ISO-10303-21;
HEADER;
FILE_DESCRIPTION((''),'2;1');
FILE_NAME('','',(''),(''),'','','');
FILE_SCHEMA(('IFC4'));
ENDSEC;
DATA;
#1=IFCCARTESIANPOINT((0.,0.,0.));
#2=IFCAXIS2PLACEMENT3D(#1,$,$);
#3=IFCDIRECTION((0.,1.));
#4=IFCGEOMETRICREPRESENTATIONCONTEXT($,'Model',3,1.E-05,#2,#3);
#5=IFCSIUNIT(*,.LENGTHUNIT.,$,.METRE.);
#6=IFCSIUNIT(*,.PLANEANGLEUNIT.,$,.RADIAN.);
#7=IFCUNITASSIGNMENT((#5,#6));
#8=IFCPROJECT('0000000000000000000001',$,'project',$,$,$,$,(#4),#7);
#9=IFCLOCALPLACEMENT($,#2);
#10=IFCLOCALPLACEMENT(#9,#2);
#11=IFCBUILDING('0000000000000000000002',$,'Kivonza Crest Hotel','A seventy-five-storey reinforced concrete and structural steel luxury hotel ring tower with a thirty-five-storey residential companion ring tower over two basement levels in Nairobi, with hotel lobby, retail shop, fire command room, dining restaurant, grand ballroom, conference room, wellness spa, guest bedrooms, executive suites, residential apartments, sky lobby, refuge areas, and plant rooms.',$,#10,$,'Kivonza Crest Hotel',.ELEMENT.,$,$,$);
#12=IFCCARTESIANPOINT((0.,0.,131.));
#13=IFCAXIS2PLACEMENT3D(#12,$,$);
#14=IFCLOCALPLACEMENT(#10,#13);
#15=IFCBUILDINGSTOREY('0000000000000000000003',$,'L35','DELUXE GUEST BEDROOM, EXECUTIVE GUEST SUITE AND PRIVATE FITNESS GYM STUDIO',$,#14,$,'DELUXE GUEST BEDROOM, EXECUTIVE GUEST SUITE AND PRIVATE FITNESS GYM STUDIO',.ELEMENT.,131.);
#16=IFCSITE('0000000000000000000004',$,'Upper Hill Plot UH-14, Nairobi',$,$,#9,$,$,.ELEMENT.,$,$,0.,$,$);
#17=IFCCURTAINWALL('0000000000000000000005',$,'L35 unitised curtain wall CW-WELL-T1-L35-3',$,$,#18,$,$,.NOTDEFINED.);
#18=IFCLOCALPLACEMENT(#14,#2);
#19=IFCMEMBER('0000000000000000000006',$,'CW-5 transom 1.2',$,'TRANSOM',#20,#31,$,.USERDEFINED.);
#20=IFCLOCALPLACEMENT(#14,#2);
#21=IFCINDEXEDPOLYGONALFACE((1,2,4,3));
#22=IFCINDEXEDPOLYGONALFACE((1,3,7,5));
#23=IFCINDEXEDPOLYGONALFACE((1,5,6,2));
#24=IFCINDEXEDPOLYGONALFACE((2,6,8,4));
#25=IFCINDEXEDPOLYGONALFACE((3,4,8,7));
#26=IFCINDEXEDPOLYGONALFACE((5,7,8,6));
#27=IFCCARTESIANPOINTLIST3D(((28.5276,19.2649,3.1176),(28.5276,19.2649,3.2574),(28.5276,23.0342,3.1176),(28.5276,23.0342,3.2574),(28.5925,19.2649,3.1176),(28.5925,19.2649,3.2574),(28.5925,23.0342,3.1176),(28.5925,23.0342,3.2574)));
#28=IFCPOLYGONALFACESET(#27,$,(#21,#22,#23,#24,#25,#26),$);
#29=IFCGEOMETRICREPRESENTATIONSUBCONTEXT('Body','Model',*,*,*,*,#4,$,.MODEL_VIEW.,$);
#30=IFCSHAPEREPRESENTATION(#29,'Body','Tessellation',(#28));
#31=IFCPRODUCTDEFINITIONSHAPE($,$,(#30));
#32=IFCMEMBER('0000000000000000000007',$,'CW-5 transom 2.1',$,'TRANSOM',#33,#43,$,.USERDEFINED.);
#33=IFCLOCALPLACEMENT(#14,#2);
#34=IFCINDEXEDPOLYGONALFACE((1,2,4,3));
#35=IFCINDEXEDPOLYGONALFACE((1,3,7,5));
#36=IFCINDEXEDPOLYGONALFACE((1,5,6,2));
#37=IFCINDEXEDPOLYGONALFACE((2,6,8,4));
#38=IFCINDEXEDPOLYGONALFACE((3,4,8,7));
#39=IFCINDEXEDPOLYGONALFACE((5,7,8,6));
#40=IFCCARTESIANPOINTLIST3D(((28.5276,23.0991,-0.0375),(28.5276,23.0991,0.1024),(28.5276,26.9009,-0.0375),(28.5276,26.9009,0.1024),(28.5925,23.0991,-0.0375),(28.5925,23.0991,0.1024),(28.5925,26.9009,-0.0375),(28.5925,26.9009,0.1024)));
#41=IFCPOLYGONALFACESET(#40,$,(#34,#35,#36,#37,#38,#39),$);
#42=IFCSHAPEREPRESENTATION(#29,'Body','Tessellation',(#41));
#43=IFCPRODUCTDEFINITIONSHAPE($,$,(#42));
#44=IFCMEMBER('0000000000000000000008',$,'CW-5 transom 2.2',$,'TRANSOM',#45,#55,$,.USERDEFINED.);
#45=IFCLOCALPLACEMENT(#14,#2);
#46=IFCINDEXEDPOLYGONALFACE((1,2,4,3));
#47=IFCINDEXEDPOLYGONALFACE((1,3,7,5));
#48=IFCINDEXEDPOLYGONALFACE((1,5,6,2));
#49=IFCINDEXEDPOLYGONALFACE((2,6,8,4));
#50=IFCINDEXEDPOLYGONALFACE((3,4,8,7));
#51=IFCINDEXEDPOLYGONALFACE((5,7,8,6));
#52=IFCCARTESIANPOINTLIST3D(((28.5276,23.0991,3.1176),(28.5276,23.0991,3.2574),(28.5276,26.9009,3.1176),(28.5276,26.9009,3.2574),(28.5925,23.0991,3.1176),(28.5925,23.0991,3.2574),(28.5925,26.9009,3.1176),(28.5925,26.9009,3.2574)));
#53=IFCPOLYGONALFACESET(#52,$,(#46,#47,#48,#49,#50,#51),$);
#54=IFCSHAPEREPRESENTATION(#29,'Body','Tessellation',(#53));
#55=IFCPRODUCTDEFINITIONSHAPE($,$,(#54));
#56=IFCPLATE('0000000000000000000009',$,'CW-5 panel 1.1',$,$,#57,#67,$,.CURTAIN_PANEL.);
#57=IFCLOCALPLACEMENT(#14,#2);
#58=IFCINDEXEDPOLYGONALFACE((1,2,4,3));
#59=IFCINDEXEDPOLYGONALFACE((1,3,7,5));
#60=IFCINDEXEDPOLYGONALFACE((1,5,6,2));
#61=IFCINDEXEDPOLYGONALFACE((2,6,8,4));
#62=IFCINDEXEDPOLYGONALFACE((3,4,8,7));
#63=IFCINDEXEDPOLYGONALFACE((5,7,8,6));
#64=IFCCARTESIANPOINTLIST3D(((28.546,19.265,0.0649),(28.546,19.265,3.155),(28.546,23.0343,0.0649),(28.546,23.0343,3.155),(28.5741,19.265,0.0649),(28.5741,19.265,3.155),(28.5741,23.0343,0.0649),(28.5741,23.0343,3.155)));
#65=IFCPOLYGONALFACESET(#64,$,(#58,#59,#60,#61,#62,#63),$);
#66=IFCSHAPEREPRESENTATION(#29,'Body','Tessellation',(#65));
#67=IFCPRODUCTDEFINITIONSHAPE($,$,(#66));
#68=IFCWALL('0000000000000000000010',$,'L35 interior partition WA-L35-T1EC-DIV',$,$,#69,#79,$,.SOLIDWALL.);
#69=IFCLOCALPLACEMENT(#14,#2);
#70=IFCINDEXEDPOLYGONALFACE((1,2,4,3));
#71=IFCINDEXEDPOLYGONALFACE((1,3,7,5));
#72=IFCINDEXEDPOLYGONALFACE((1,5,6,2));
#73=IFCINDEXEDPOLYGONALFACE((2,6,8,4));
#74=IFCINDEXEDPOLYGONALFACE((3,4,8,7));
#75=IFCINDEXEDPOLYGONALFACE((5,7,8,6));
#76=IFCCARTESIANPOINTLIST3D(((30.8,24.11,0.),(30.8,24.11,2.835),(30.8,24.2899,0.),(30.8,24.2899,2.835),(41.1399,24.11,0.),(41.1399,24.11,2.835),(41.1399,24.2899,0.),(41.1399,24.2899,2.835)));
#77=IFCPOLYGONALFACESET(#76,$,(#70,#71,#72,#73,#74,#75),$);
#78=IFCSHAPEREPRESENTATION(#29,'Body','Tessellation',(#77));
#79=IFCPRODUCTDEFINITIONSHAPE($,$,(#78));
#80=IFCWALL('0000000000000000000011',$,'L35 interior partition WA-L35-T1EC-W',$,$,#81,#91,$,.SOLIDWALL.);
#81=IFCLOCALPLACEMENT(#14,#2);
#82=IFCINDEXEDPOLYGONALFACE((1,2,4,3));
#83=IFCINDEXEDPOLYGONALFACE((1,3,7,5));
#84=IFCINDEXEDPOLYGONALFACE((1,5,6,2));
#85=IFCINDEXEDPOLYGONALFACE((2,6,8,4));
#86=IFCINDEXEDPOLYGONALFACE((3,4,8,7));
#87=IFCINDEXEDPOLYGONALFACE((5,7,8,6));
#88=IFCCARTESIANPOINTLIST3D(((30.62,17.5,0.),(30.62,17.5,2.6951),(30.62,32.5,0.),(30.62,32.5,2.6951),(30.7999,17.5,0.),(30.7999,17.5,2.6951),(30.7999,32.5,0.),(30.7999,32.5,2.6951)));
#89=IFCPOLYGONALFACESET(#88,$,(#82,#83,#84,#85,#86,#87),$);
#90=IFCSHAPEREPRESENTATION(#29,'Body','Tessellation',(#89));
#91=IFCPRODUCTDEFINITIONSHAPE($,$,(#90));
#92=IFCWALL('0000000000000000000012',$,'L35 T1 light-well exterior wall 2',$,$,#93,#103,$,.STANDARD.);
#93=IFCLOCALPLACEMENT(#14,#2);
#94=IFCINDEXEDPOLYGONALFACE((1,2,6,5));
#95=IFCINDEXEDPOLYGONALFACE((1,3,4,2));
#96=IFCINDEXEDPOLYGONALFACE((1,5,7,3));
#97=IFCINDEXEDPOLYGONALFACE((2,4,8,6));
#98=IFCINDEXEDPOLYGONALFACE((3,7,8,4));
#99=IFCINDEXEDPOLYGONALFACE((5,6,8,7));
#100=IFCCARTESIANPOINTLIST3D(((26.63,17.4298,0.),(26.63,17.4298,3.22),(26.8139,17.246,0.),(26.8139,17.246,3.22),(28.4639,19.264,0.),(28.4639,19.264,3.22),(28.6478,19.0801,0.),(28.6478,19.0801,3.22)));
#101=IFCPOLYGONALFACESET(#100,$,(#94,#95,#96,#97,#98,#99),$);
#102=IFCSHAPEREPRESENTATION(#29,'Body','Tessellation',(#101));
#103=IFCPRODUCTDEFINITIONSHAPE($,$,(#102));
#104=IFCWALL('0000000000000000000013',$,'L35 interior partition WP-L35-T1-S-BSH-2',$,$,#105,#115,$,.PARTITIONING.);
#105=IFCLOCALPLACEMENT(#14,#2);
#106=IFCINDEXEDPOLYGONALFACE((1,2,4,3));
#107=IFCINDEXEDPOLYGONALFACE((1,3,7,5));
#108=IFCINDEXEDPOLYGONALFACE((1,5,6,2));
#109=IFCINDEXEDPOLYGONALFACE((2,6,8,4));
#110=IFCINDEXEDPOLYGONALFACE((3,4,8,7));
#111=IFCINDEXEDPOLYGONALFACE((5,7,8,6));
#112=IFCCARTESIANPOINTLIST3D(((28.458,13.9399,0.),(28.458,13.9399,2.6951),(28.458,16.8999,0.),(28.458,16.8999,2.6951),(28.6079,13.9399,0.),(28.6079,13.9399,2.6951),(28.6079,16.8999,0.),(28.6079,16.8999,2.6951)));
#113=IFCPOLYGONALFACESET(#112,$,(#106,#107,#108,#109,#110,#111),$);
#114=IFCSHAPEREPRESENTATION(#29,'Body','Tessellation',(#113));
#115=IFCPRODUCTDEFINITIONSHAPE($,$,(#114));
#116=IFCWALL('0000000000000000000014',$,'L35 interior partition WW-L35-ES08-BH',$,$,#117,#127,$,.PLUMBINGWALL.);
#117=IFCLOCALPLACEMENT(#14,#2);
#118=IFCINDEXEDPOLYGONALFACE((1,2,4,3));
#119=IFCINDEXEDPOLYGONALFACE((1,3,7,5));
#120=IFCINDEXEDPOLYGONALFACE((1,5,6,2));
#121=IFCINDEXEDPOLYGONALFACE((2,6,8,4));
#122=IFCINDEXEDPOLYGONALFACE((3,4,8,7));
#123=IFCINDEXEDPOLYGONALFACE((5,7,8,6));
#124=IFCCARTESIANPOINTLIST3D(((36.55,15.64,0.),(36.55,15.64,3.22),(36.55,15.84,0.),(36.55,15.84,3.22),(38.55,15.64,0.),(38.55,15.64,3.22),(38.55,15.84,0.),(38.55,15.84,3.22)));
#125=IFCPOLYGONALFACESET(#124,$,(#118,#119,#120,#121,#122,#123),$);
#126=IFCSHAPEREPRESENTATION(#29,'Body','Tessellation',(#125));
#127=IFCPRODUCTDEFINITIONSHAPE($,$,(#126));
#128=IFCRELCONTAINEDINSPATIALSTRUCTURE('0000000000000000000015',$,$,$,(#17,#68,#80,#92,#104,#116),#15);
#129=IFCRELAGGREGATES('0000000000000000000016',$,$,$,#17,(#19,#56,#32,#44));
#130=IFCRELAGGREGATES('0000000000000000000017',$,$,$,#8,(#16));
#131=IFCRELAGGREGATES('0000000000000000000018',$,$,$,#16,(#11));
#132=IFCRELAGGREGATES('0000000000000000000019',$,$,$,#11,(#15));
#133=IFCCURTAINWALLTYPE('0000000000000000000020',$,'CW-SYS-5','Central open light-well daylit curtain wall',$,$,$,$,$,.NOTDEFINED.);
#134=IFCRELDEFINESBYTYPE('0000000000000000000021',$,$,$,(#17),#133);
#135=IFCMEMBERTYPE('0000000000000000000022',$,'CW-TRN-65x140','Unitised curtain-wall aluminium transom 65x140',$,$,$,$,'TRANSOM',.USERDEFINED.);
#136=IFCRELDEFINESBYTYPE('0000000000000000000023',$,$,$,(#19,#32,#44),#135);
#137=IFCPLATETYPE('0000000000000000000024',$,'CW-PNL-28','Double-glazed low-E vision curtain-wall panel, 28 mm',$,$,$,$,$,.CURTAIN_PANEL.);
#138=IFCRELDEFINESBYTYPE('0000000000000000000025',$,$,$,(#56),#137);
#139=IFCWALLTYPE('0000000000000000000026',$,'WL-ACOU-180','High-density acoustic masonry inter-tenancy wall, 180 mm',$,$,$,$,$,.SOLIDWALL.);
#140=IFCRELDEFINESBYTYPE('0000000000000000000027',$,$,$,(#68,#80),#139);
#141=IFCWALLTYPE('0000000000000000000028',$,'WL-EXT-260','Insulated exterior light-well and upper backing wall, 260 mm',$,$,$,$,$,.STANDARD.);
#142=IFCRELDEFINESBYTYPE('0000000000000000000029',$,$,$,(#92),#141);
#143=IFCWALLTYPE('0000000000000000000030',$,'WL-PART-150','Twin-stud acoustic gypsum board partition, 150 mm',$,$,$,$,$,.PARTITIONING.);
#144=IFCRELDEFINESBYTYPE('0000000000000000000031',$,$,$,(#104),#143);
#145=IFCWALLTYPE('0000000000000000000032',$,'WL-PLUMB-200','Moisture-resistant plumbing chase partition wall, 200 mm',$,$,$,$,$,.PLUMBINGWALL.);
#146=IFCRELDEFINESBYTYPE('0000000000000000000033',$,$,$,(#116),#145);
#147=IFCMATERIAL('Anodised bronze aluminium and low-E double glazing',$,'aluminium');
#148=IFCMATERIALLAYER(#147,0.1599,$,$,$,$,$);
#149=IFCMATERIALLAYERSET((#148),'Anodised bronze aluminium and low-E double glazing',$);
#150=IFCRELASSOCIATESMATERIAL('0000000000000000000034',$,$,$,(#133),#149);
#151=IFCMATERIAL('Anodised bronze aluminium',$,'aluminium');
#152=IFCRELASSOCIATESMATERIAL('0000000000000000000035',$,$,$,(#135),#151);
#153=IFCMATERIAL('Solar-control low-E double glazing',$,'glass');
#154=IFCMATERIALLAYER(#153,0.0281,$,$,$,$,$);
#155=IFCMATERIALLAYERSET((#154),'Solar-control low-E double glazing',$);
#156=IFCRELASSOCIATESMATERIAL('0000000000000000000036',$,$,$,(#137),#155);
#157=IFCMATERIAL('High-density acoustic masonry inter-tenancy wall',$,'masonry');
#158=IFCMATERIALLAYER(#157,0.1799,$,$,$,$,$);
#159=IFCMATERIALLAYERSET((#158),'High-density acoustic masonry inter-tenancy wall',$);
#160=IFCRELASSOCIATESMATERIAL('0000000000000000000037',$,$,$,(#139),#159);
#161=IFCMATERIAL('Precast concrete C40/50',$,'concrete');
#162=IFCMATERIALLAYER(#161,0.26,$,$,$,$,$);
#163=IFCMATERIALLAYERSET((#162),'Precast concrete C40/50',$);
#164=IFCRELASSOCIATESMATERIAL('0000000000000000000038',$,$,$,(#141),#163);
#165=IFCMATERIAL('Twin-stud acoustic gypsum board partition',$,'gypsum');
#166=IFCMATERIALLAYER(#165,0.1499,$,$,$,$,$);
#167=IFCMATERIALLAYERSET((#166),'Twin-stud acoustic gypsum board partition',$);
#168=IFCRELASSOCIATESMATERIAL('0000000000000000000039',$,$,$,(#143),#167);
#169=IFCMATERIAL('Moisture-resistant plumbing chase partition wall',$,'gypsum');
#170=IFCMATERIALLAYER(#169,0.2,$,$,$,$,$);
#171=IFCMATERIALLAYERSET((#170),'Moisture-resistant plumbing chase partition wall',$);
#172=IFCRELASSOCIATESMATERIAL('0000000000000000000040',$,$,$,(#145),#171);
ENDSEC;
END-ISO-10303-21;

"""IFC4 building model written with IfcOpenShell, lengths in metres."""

from ifc_helpers import new_model, si_unit, direction, frame, frame_2d, origin, origin_2d, place, context, subcontext, project, spatial, rectangle, extrude, material, layer, layer_set, material_profile, profile_set, type_object, element, aggregate, save


model = new_model("IFC4")

# Units and contexts
model_context = context("Model", 3, precision=1e-05, world=origin(), true_north=direction((0.0, 1.0)))
body_context = subcontext(model_context, "Body", "Model", "MODEL_VIEW")
ifc_project = project(units=[si_unit("LENGTHUNIT", "METRE"), si_unit("PLANEANGLEUNIT", "RADIAN")], contexts=[model_context])

# Site, building, storey
site_placement = place(None, origin())
site = spatial("IfcSite", under=ifc_project, at=site_placement, Name="Upper Hill Plot UH-14, Nairobi", CompositionType="ELEMENT", RefElevation=0.0)
building_placement = place(site_placement, origin())
building = spatial("IfcBuilding", under=site, at=building_placement, Name="Kivonza Crest Hotel", Description="A seventy-five-storey reinforced concrete and structural steel luxury hotel ring tower with a thirty-five-storey residential companion ring tower over two basement levels in Nairobi, with hotel lobby, retail shop, fire command room, dining restaurant, grand ballroom, conference room, wellness spa, guest bedrooms, executive suites, residential apartments, sky lobby, refuge areas, and plant rooms.", LongName="Kivonza Crest Hotel", CompositionType="ELEMENT")
storey_placement = place(building_placement, frame((0.0, 0.0, 131.0)))
storey = spatial("IfcBuildingStorey", under=building, at=storey_placement, Name="L35", Description="DELUXE GUEST BEDROOM, EXECUTIVE GUEST SUITE AND PRIVATE FITNESS GYM STUDIO", LongName="DELUXE GUEST BEDROOM, EXECUTIVE GUEST SUITE AND PRIVATE FITNESS GYM STUDIO", CompositionType="ELEMENT", Elevation=131.0)

# Curtain wall, members, plate
ifc_material_1 = material(Name="Anodised bronze aluminium and low-E double glazing", Category="aluminium")
ifc_layer_1 = layer(ifc_material_1, 0.1599)
ifc_layer_set_1 = layer_set([ifc_layer_1], Name="Anodised bronze aluminium and low-E double glazing")
curtain_wall_type = type_object("IfcCurtainWallType", Name="CW-SYS-5", Description="Central open light-well daylit curtain wall", PredefinedType="NOTDEFINED", material=ifc_layer_set_1)
curtain_wall_placement = place(storey_placement, origin())
curtain_wall = element("IfcCurtainWall", 1, at=curtain_wall_placement, inside=storey, type_object=curtain_wall_type, Name="L35 unitised curtain wall CW-WELL-T1-L35-3", PredefinedType="NOTDEFINED")
ifc_material_2 = material(Name="Anodised bronze aluminium", Category="aluminium")
ifc_material_profile_1 = material_profile(ifc_material_2, rectangle(XDim=0.0649, YDim=0.1399, at=origin_2d()), Name="CW-T 65x140")
ifc_profile_set_1 = profile_set([ifc_material_profile_1], Name="Anodised bronze aluminium")
member_type_1 = type_object("IfcMemberType", Name="CW-TRN-65x140", Description="Unitised curtain-wall aluminium transom 65x140", ElementType="TRANSOM", PredefinedType="USERDEFINED", material=ifc_profile_set_1)
member_1_placement = place(storey_placement, frame((28.5601, 19.2649, 3.1875), z_axis=(0.0, 1.0, 0.0), x_axis=(-1.0, 0.0, 0.0)))
member_1 = element("IfcMember", 2, at=member_1_placement, type_object=member_type_1, Name="CW-5 transom 1.2", ObjectType="TRANSOM", PredefinedType="USERDEFINED", context=body_context, shape_type="SweptSolid", body=[
    extrude(rectangle(XDim=0.0649, YDim=0.1399, at=origin_2d()), origin(), (0.0, 0.0, 1.0), 3.7693),
])
member_2_placement = place(storey_placement, frame((28.5601, 23.0991, 0.0325), z_axis=(0.0, 1.0, 0.0), x_axis=(-1.0, 0.0, 0.0)))
member_2 = element("IfcMember", 3, at=member_2_placement, type_object=member_type_1, Name="CW-5 transom 2.1", ObjectType="TRANSOM", PredefinedType="USERDEFINED", context=body_context, shape_type="SweptSolid", body=[
    extrude(rectangle(XDim=0.0649, YDim=0.1399, at=origin_2d()), origin(), (0.0, 0.0, 1.0), 3.8018),
])
member_3_placement = place(storey_placement, frame((28.5601, 23.0991, 3.1875), z_axis=(0.0, 1.0, 0.0), x_axis=(-1.0, 0.0, 0.0)))
member_3 = element("IfcMember", 4, at=member_3_placement, type_object=member_type_1, Name="CW-5 transom 2.2", ObjectType="TRANSOM", PredefinedType="USERDEFINED", context=body_context, shape_type="SweptSolid", body=[
    extrude(rectangle(XDim=0.0649, YDim=0.1399, at=origin_2d()), origin(), (0.0, 0.0, 1.0), 3.8018),
])
ifc_material_3 = material(Name="Solar-control low-E double glazing", Category="glass")
ifc_layer_2 = layer(ifc_material_3, 0.0281)
ifc_layer_set_2 = layer_set([ifc_layer_2], Name="Solar-control low-E double glazing")
plate_type = type_object("IfcPlateType", Name="CW-PNL-28", Description="Double-glazed low-E vision curtain-wall panel, 28 mm", PredefinedType="CURTAIN_PANEL", material=ifc_layer_set_2)
plate_placement = place(storey_placement, frame((28.5601, 21.1497, 0.0649), z_axis=(0.0, 0.0, 1.0), x_axis=(0.0, 1.0, 0.0)))
plate = element("IfcPlate", 5, at=plate_placement, type_object=plate_type, Name="CW-5 panel 1.1", PredefinedType="CURTAIN_PANEL", context=body_context, shape_type="SweptSolid", body=[
    extrude(rectangle(XDim=3.7693, YDim=0.0281, at=origin_2d()), origin(), (0.0, 0.0, 1.0), 3.0901),
])
aggregate(curtain_wall, [member_1, plate, member_2, member_3])

# Walls
ifc_material_4 = material(Name="High-density acoustic masonry inter-tenancy wall", Category="masonry")
ifc_layer_3 = layer(ifc_material_4, 0.1799)
ifc_layer_set_3 = layer_set([ifc_layer_3], Name="High-density acoustic masonry inter-tenancy wall")
wall_type_1 = type_object("IfcWallType", Name="WL-ACOU-180", Description="High-density acoustic masonry inter-tenancy wall, 180 mm", PredefinedType="SOLIDWALL", material=ifc_layer_set_3)
wall_1_placement = place(storey_placement, frame((30.8, 24.2, 0.0), z_axis=(0.0, 0.0, 1.0), x_axis=(1.0, 0.0, 0.0)))
element("IfcWall", 6, at=wall_1_placement, inside=storey, type_object=wall_type_1, Name="L35 interior partition WA-L35-T1EC-DIV", PredefinedType="SOLIDWALL", context=body_context, shape_type="SweptSolid", body=[
    extrude(rectangle(XDim=10.3398, YDim=0.1799, at=frame_2d((5.1699, 0.0))), origin(), (0.0, 0.0, 1.0), 2.835),
])
wall_2_placement = place(storey_placement, frame((30.71, 17.5, 0.0), z_axis=(0.0, 0.0, 1.0), x_axis=(0.0, 1.0, 0.0)))
element("IfcWall", 7, at=wall_2_placement, inside=storey, type_object=wall_type_1, Name="L35 interior partition WA-L35-T1EC-W", PredefinedType="SOLIDWALL", context=body_context, shape_type="SweptSolid", body=[
    extrude(rectangle(XDim=15.0, YDim=0.1799, at=frame_2d((7.5, 0.0))), origin(), (0.0, 0.0, 1.0), 2.6951),
])
ifc_material_5 = material(Name="Precast concrete C40/50", Category="concrete")
ifc_layer_4 = layer(ifc_material_5, 0.26)
ifc_layer_set_4 = layer_set([ifc_layer_4], Name="Precast concrete C40/50")
wall_type_2 = type_object("IfcWallType", Name="WL-EXT-260", Description="Insulated exterior light-well and upper backing wall, 260 mm", PredefinedType="STANDARD", material=ifc_layer_set_4)
wall_3_placement = place(storey_placement, frame((26.7219, 17.3379, 0.0), z_axis=(0.0, 0.0, 1.0), x_axis=(0.70706, 0.707154, 0.0)))
element("IfcWall", 8, at=wall_3_placement, inside=storey, type_object=wall_type_2, Name="L35 T1 light-well exterior wall 2", PredefinedType="STANDARD", context=body_context, shape_type="SweptSolid", body=[
    extrude(rectangle(XDim=2.5938, YDim=0.26, at=frame_2d((1.2969, 0.0))), origin(), (0.0, 0.0, 1.0), 3.22),
])
ifc_material_6 = material(Name="Twin-stud acoustic gypsum board partition", Category="gypsum")
ifc_layer_5 = layer(ifc_material_6, 0.1499)
ifc_layer_set_5 = layer_set([ifc_layer_5], Name="Twin-stud acoustic gypsum board partition")
wall_type_3 = type_object("IfcWallType", Name="WL-PART-150", Description="Twin-stud acoustic gypsum board partition, 150 mm", PredefinedType="PARTITIONING", material=ifc_layer_set_5)
wall_4_placement = place(storey_placement, frame((28.533, 13.9399, 0.0), z_axis=(0.0, 0.0, 1.0), x_axis=(0.0, 1.0, 0.0)))
element("IfcWall", 9, at=wall_4_placement, inside=storey, type_object=wall_type_3, Name="L35 interior partition WP-L35-T1-S-BSH-2", PredefinedType="PARTITIONING", context=body_context, shape_type="SweptSolid", body=[
    extrude(rectangle(XDim=2.96, YDim=0.1499, at=frame_2d((1.48, 0.0))), origin(), (0.0, 0.0, 1.0), 2.6951),
])
ifc_material_7 = material(Name="Moisture-resistant plumbing chase partition wall", Category="gypsum")
ifc_layer_6 = layer(ifc_material_7, 0.2)
ifc_layer_set_6 = layer_set([ifc_layer_6], Name="Moisture-resistant plumbing chase partition wall")
wall_type_4 = type_object("IfcWallType", Name="WL-PLUMB-200", Description="Moisture-resistant plumbing chase partition wall, 200 mm", PredefinedType="PLUMBINGWALL", material=ifc_layer_set_6)
wall_5_placement = place(storey_placement, frame((36.55, 15.74, 0.0), z_axis=(0.0, 0.0, 1.0), x_axis=(1.0, 0.0, 0.0)))
element("IfcWall", 10, at=wall_5_placement, inside=storey, type_object=wall_type_4, Name="L35 interior partition WW-L35-ES08-BH", PredefinedType="PLUMBINGWALL", context=body_context, shape_type="SweptSolid", body=[
    extrude(rectangle(XDim=2.0, YDim=0.2, at=frame_2d((1.0, 0.0))), origin(), (0.0, 0.0, 1.0), 3.22),
])

save(model, "model.ifc")
